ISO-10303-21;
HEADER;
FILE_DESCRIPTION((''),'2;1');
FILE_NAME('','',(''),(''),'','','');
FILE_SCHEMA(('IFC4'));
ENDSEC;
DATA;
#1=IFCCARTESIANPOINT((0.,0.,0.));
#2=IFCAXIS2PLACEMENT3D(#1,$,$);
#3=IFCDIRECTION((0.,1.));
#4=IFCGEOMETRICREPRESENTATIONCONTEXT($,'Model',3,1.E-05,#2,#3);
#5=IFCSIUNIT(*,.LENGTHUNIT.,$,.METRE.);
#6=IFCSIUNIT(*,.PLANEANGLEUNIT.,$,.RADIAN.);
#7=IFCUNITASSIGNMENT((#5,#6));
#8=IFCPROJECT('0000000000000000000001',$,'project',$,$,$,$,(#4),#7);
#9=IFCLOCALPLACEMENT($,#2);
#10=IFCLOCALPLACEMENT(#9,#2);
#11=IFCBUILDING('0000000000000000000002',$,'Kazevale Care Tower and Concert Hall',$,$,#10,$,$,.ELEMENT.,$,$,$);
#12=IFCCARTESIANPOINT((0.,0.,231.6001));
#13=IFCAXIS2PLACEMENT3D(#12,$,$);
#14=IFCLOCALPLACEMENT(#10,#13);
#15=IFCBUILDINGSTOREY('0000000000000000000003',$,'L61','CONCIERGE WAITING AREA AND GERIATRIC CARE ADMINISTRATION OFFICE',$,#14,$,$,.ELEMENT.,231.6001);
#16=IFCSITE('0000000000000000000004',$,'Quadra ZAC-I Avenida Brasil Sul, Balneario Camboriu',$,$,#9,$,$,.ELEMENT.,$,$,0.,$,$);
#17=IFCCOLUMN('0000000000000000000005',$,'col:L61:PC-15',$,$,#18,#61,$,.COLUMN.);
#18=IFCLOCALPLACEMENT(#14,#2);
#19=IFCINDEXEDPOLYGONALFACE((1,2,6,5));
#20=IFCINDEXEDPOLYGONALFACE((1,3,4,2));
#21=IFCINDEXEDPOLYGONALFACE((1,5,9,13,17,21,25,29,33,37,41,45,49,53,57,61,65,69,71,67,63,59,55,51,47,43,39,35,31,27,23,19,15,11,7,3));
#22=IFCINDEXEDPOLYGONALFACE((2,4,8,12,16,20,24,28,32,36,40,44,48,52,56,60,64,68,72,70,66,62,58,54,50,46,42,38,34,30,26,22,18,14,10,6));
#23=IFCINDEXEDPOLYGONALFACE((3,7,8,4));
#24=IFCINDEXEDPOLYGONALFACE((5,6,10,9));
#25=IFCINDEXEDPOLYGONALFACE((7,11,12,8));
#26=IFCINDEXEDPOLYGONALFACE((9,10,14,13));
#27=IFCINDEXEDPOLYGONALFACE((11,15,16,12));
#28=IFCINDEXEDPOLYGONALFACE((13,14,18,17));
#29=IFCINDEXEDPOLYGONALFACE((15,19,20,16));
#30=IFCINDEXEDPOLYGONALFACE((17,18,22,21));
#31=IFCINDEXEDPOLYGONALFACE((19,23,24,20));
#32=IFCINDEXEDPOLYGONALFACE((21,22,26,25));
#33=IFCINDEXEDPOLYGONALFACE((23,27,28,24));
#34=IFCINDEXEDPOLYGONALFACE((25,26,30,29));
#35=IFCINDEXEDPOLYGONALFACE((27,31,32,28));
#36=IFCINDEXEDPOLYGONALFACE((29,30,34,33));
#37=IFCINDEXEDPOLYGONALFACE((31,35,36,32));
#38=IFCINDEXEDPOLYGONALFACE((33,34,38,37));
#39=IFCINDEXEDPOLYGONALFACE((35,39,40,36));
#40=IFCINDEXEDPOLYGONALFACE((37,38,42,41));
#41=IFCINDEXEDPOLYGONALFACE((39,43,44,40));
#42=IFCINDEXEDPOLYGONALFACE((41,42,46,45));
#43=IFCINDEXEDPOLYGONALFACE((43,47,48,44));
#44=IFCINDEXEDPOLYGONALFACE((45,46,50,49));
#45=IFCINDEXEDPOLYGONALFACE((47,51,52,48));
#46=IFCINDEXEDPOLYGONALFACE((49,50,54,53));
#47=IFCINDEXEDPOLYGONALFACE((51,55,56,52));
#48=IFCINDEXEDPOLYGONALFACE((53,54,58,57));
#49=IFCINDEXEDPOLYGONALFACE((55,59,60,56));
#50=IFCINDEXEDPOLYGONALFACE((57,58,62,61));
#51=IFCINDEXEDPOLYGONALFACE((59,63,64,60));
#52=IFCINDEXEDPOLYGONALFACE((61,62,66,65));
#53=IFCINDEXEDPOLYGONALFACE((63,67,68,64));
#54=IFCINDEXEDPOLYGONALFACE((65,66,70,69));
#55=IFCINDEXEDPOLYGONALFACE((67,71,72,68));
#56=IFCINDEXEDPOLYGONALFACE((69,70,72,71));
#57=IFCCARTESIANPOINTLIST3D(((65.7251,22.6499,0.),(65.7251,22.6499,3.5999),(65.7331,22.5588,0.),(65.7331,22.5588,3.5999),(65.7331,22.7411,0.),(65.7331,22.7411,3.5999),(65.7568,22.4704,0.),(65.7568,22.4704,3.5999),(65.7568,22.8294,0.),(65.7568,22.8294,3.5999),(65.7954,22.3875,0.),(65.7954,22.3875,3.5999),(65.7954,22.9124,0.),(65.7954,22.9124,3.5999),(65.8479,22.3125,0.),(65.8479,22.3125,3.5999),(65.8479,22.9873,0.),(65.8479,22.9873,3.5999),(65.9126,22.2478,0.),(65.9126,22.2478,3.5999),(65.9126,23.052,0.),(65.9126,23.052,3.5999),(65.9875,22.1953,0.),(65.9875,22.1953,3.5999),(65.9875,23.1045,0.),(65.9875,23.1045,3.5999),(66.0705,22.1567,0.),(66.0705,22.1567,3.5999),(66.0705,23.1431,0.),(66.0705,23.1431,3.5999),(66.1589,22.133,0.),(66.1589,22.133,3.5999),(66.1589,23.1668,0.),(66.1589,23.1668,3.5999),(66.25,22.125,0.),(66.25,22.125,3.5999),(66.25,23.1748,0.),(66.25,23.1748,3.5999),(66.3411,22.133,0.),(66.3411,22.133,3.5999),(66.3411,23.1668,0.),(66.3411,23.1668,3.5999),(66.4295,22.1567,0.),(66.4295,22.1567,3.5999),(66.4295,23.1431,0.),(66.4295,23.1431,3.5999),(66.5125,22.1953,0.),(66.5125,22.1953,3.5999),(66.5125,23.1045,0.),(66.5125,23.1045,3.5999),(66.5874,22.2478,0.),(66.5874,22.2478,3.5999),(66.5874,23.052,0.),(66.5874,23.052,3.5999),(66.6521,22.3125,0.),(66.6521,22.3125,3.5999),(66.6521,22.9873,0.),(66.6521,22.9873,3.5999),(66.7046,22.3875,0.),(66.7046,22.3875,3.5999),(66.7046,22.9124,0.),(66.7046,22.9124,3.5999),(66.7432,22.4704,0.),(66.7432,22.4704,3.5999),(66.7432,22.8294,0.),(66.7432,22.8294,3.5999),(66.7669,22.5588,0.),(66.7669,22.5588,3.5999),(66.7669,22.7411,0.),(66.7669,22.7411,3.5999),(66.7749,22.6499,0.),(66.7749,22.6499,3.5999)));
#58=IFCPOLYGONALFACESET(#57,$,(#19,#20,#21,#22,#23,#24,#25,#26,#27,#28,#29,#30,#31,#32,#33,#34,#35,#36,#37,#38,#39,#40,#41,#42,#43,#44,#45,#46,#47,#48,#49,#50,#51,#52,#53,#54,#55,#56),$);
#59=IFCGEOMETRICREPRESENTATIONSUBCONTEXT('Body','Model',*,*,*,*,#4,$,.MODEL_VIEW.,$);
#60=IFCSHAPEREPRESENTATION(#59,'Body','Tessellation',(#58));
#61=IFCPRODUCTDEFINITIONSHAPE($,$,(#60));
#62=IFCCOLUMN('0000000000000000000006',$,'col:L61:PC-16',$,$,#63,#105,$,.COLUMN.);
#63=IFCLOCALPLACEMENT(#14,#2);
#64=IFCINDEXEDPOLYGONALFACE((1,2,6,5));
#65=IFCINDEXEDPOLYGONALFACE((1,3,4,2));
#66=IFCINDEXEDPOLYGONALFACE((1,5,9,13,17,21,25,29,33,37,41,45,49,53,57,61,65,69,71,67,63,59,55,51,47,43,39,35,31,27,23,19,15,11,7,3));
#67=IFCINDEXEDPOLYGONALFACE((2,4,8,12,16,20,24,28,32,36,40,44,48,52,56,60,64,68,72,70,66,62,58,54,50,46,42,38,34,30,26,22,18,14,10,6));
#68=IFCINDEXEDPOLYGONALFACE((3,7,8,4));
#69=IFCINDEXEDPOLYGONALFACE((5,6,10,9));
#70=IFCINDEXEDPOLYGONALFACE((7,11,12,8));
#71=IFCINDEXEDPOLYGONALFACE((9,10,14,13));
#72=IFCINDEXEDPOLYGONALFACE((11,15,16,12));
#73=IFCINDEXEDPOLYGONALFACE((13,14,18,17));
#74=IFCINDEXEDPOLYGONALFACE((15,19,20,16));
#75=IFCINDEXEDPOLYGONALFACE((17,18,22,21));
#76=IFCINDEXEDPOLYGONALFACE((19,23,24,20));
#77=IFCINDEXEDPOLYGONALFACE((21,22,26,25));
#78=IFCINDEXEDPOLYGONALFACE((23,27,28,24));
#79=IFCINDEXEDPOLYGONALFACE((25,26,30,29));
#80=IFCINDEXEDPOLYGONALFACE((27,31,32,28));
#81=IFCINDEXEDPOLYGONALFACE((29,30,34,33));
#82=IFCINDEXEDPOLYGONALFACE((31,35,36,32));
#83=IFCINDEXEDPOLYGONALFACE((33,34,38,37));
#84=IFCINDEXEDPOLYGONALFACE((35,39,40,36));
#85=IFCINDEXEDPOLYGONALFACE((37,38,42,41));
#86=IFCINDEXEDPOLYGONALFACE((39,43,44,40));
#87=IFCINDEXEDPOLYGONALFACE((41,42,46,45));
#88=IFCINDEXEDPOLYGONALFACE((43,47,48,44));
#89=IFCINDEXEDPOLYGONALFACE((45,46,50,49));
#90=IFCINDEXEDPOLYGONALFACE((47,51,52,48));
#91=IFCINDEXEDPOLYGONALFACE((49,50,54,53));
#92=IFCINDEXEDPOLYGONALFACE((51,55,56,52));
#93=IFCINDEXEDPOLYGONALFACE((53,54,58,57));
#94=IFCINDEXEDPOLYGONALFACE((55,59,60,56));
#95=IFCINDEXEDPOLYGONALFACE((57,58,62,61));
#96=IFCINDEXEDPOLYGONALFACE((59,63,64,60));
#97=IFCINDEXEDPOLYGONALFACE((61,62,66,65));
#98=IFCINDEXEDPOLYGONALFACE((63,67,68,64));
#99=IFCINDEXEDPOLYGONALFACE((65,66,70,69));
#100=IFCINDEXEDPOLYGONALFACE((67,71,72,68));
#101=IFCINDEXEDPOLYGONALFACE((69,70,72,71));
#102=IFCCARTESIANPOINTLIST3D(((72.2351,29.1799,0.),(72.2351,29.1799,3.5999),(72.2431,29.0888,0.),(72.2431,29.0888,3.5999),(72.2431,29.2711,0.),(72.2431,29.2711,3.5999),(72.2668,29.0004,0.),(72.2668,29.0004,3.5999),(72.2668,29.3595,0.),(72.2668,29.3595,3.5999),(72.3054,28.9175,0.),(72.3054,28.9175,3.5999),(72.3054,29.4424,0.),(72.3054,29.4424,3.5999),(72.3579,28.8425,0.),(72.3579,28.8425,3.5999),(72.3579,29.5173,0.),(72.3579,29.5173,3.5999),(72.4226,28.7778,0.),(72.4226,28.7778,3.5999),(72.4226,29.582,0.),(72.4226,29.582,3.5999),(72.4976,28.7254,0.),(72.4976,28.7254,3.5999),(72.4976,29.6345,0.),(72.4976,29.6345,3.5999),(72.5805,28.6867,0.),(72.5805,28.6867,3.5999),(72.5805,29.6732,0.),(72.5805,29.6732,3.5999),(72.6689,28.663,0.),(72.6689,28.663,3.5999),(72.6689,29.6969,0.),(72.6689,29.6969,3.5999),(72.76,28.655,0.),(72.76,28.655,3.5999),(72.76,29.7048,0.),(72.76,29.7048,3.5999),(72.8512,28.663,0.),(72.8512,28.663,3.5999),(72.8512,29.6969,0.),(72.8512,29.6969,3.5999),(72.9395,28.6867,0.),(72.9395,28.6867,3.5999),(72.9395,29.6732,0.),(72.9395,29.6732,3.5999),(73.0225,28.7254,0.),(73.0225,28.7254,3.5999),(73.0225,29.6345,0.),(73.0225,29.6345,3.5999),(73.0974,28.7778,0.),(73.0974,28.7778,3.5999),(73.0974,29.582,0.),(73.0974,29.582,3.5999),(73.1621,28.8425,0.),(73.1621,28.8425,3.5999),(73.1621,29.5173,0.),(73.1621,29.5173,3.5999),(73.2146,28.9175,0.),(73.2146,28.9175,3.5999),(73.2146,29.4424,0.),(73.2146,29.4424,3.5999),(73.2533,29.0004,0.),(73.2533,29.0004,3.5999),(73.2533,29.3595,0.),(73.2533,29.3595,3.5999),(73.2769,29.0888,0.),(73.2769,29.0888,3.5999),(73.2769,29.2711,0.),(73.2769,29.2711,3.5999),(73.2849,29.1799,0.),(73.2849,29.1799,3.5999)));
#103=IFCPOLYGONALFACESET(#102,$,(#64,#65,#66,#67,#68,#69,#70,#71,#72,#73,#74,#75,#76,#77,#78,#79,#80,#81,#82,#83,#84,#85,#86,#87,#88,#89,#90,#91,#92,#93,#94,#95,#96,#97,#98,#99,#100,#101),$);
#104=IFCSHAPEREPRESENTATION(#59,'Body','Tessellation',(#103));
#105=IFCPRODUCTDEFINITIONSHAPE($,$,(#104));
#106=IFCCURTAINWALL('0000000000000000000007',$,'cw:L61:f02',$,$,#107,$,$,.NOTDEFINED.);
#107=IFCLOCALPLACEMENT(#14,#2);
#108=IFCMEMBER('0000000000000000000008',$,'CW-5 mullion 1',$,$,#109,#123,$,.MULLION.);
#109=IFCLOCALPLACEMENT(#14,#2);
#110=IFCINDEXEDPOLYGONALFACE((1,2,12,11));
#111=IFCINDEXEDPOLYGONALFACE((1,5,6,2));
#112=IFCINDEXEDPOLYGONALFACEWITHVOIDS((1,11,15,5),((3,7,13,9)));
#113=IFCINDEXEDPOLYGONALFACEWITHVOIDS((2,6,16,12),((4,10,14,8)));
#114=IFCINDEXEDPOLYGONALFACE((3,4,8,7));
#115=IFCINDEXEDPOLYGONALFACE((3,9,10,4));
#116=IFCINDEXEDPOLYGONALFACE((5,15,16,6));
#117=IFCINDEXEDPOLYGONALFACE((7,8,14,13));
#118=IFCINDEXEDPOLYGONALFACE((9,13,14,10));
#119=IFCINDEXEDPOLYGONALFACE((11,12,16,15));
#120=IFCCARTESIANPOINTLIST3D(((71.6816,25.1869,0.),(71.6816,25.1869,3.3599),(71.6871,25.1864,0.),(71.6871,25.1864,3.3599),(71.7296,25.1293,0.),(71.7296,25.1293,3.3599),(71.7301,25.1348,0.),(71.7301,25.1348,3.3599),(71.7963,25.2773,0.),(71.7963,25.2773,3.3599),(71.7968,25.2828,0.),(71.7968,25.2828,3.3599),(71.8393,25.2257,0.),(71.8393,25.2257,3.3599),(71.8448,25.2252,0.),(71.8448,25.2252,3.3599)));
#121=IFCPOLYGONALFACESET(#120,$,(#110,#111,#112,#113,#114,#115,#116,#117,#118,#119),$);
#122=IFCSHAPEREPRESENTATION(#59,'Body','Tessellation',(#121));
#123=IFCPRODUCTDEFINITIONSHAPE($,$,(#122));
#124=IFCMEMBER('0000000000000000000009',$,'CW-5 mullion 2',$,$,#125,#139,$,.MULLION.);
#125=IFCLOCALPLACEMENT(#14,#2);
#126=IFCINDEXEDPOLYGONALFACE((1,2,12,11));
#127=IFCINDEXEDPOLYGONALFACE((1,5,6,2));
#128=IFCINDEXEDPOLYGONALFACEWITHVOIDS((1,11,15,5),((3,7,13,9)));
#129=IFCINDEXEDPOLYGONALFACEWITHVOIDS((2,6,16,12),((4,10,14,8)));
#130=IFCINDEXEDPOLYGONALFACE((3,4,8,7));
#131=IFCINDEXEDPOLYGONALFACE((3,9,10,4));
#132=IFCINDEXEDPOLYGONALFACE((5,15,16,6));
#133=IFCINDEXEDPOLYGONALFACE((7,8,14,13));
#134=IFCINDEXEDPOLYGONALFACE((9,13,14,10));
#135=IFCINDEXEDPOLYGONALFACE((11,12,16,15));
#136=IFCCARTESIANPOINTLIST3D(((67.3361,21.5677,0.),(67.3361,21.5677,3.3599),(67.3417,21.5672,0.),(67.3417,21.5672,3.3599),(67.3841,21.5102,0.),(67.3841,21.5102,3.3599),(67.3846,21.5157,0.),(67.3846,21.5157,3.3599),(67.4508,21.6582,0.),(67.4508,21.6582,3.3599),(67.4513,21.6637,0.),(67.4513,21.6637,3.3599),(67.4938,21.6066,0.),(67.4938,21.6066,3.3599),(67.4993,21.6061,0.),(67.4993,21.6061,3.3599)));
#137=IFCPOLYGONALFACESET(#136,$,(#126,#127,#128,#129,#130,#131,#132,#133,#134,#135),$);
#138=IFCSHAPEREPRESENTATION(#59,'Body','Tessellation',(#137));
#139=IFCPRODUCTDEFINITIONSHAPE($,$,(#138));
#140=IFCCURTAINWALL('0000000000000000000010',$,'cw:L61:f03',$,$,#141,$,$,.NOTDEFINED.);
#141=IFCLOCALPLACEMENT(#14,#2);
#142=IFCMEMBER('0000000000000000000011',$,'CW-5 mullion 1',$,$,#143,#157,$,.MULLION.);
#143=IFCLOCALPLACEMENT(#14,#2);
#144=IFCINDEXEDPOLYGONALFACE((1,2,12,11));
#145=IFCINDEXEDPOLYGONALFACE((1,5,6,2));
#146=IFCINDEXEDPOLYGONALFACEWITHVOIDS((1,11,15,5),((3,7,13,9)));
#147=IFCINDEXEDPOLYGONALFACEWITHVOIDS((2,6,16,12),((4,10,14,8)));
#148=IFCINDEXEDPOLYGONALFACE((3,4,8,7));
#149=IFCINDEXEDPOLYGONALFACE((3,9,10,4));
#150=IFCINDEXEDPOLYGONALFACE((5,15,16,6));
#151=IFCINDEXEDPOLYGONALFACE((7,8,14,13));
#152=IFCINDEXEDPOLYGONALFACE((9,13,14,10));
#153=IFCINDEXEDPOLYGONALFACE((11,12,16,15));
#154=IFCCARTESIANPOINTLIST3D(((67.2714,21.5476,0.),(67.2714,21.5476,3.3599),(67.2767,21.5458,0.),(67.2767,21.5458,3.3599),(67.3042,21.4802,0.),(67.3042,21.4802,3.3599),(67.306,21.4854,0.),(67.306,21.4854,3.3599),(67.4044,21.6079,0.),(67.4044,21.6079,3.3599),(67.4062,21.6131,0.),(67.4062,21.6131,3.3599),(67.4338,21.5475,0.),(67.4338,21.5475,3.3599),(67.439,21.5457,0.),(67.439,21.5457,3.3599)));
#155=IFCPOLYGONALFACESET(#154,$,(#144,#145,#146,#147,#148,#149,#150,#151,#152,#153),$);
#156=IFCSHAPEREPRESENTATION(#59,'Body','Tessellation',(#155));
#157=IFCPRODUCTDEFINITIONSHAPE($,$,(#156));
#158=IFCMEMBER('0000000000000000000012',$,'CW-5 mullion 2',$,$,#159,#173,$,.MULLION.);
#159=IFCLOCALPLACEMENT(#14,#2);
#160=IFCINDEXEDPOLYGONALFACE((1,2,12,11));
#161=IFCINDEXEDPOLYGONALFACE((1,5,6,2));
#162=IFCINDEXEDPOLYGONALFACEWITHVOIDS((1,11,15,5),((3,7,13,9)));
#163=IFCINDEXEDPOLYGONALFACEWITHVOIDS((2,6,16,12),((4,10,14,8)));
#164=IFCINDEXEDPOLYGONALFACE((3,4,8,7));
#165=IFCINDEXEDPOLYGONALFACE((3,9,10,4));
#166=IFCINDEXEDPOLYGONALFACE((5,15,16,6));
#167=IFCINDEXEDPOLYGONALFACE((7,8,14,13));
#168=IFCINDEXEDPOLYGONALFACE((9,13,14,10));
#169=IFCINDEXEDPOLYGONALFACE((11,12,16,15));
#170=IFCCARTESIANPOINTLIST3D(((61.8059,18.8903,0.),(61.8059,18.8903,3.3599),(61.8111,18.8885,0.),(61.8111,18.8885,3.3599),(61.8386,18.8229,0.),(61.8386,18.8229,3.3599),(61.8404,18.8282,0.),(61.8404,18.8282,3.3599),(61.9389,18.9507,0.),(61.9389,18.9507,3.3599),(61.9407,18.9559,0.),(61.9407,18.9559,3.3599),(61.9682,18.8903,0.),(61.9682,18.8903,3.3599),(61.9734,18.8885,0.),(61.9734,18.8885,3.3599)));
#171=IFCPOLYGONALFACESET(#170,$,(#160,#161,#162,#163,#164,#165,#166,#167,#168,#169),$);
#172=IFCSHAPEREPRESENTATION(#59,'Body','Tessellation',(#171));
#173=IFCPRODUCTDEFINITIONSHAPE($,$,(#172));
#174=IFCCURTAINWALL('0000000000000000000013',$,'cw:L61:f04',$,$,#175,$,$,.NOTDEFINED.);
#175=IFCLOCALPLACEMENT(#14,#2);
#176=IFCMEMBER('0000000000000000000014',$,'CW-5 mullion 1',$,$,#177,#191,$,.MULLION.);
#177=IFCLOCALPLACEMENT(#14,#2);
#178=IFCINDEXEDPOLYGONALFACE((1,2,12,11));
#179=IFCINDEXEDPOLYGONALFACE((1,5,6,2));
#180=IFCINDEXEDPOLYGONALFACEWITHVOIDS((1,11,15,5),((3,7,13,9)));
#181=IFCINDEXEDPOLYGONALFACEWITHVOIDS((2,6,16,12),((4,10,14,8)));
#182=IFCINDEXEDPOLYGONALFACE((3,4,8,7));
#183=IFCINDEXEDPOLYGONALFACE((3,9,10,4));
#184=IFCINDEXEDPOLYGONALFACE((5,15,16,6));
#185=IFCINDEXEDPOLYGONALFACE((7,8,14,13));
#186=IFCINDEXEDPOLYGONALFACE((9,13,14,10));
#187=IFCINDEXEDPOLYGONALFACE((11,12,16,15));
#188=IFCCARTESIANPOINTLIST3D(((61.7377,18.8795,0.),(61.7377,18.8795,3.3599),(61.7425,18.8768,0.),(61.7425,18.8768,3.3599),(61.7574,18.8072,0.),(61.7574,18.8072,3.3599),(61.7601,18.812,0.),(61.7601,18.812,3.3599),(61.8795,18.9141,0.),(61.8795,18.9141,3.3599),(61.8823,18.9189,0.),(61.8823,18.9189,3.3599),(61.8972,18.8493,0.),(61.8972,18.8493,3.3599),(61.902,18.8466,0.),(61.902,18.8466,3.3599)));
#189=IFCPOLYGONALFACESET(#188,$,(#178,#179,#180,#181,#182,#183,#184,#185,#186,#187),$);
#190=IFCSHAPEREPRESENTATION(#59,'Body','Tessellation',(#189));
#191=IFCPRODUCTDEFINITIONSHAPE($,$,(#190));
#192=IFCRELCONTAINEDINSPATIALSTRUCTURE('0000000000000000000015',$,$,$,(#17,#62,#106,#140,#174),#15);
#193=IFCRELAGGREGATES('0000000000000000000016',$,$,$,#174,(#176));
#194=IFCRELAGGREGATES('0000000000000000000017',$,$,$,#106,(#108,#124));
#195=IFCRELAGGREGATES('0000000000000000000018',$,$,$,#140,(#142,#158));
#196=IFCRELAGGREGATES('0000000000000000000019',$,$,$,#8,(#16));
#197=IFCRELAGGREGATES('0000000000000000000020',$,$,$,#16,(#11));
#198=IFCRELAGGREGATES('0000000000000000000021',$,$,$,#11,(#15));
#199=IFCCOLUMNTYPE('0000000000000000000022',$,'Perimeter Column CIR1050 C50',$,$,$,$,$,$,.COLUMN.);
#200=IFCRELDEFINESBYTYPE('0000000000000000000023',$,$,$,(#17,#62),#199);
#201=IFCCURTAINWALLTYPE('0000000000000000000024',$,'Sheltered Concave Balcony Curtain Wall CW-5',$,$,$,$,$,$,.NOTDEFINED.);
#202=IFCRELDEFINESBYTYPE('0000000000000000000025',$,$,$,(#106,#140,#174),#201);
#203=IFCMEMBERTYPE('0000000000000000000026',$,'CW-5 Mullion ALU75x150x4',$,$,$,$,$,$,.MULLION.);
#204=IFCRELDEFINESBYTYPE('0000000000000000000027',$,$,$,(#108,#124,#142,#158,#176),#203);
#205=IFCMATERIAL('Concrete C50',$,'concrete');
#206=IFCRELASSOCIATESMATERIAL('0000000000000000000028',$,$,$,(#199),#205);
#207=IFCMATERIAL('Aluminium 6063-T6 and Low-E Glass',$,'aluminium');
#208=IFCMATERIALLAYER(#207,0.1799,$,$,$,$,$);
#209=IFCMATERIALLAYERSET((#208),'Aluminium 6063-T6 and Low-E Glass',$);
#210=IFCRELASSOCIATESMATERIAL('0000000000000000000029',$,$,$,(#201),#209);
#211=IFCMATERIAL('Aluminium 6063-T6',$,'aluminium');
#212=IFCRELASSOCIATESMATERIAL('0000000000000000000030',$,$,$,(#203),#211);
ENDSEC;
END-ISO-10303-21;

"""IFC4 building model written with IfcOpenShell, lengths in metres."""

from ifc_helpers import new_model, si_unit, direction, frame, origin, origin_2d, place, context, subcontext, project, spatial, hollow_rectangle, circle, extrude, material, layer, layer_set, material_profile, profile_set, type_object, element, aggregate, save


model = new_model("IFC4")

# Units and contexts
model_context = context("Model", 3, precision=1e-05, world=origin(), true_north=direction((0.0, 1.0)))
body_context = subcontext(model_context, "Body", "Model", "MODEL_VIEW")
ifc_project = project(units=[si_unit("LENGTHUNIT", "METRE"), si_unit("PLANEANGLEUNIT", "RADIAN")], contexts=[model_context])

# Site, building, storey
site_placement = place(None, origin())
site = spatial("IfcSite", under=ifc_project, at=site_placement, Name="Quadra ZAC-I Avenida Brasil Sul, Balneario Camboriu", CompositionType="ELEMENT", RefElevation=0.0)
building_placement = place(site_placement, origin())
building = spatial("IfcBuilding", under=site, at=building_placement, Name="Kazevale Care Tower and Concert Hall", CompositionType="ELEMENT")
storey_placement = place(building_placement, frame((0.0, 0.0, 231.6001)))
storey = spatial("IfcBuildingStorey", under=building, at=storey_placement, Name="L61", Description="CONCIERGE WAITING AREA AND GERIATRIC CARE ADMINISTRATION OFFICE", CompositionType="ELEMENT", Elevation=231.6001)

# Columns
ifc_material_1 = material(Name="Concrete C50", Category="concrete")
ifc_material_profile_1 = material_profile(ifc_material_1, circle(Radius=0.5249, at=origin_2d()), Name="RC-CIR1050")
ifc_profile_set_1 = profile_set([ifc_material_profile_1], Name="Concrete C50")
column_type = type_object("IfcColumnType", Name="Perimeter Column CIR1050 C50", PredefinedType="COLUMN", material=ifc_profile_set_1)
for number, where, z_axis, x_axis, name in (
    (1, (66.25, 22.6499, 0.0), (0.0, 0.0, 1.0), (1.0, 0.0, 0.0), "col:L61:PC-15"),
    (2, (72.76, 29.1799, 0.0), (0.0, 0.0, 1.0), (1.0, 0.0, 0.0), "col:L61:PC-16"),
):
    element("IfcColumn", number, at=place(storey_placement, frame(where, z_axis=z_axis, x_axis=x_axis)), inside=storey, type_object=column_type, Name=name, PredefinedType="COLUMN", context=body_context, shape_type="SweptSolid", body=[
        extrude(circle(Radius=0.5249, at=origin_2d()), origin(), (0.0, 0.0, 1.0), 3.5999),
    ])

# Curtain walls, members
ifc_material_2 = material(Name="Aluminium 6063-T6 and Low-E Glass", Category="aluminium")
ifc_layer_1 = layer(ifc_material_2, 0.1799)
ifc_layer_set_1 = layer_set([ifc_layer_1], Name="Aluminium 6063-T6 and Low-E Glass")
curtain_wall_type = type_object("IfcCurtainWallType", Name="Sheltered Concave Balcony Curtain Wall CW-5", PredefinedType="NOTDEFINED", material=ifc_layer_set_1)
curtain_wall_1_placement = place(storey_placement, origin())
curtain_wall_1 = element("IfcCurtainWall", 3, at=curtain_wall_1_placement, inside=storey, type_object=curtain_wall_type, Name="cw:L61:f02", PredefinedType="NOTDEFINED")
ifc_material_3 = material(Name="Aluminium 6063-T6", Category="aluminium")
ifc_material_profile_2 = material_profile(ifc_material_3, hollow_rectangle(XDim=0.075, YDim=0.1499, WallThickness=0.0039, at=origin_2d()), Name="ALU75x150x4")
ifc_profile_set_2 = profile_set([ifc_material_profile_2], Name="Aluminium 6063-T6")
member_type_1 = type_object("IfcMemberType", Name="CW-5 Mullion ALU75x150x4", PredefinedType="MULLION", material=ifc_profile_set_2)
member_1_placement = place(storey_placement, frame((71.7632, 25.2061, 0.0), z_axis=(0.0, 0.0, 1.0), x_axis=(0.639961, -0.768407, 0.0)))
member_1 = element("IfcMember", 4, at=member_1_placement, type_object=member_type_1, Name="CW-5 mullion 1", PredefinedType="MULLION", context=body_context, shape_type="SweptSolid", body=[
    extrude(hollow_rectangle(XDim=0.075, YDim=0.1499, WallThickness=0.0039, at=origin_2d()), origin(), (0.0, 0.0, 1.0), 3.3599),
])
member_2_placement = place(storey_placement, frame((67.4177, 21.5869, 0.0), z_axis=(0.0, 0.0, 1.0), x_axis=(0.639961, -0.768407, 0.0)))
member_2 = element("IfcMember", 5, at=member_2_placement, type_object=member_type_1, Name="CW-5 mullion 2", PredefinedType="MULLION", context=body_context, shape_type="SweptSolid", body=[
    extrude(hollow_rectangle(XDim=0.075, YDim=0.1499, WallThickness=0.0039, at=origin_2d()), origin(), (0.0, 0.0, 1.0), 3.3599),
])
curtain_wall_2_placement = place(storey_placement, origin())
curtain_wall_2 = element("IfcCurtainWall", 6, at=curtain_wall_2_placement, inside=storey, type_object=curtain_wall_type, Name="cw:L61:f03", PredefinedType="NOTDEFINED")
member_3_placement = place(storey_placement, frame((67.3552, 21.5466, 0.0), z_axis=(0.0, 0.0, 1.0), x_axis=(0.437238, -0.899346, 0.0)))
member_3 = element("IfcMember", 7, at=member_3_placement, type_object=member_type_1, Name="CW-5 mullion 1", PredefinedType="MULLION", context=body_context, shape_type="SweptSolid", body=[
    extrude(hollow_rectangle(XDim=0.075, YDim=0.1499, WallThickness=0.0039, at=origin_2d()), origin(), (0.0, 0.0, 1.0), 3.3599),
])
member_4_placement = place(storey_placement, frame((61.8896, 18.8894, 0.0), z_axis=(0.0, 0.0, 1.0), x_axis=(0.437238, -0.899346, 0.0)))
member_4 = element("IfcMember", 8, at=member_4_placement, type_object=member_type_1, Name="CW-5 mullion 2", PredefinedType="MULLION", context=body_context, shape_type="SweptSolid", body=[
    extrude(hollow_rectangle(XDim=0.075, YDim=0.1499, WallThickness=0.0039, at=origin_2d()), origin(), (0.0, 0.0, 1.0), 3.3599),
])

# Curtain wall, member
curtain_wall_3_placement = place(storey_placement, origin())
curtain_wall_3 = element("IfcCurtainWall", 9, at=curtain_wall_3_placement, inside=storey, type_object=curtain_wall_type, Name="cw:L61:f04", PredefinedType="NOTDEFINED")
member_5_placement = place(storey_placement, frame((61.8198, 18.863, 0.0), z_axis=(0.0, 0.0, 1.0), x_axis=(0.262849, -0.964837, 0.0)))
member_5 = element("IfcMember", 10, at=member_5_placement, type_object=member_type_1, Name="CW-5 mullion 1", PredefinedType="MULLION", context=body_context, shape_type="SweptSolid", body=[
    extrude(hollow_rectangle(XDim=0.075, YDim=0.1499, WallThickness=0.0039, at=origin_2d()), origin(), (0.0, 0.0, 1.0), 3.3599),
])
aggregate(curtain_wall_3, [member_5])

aggregate(curtain_wall_1, [member_1, member_2])
aggregate(curtain_wall_2, [member_3, member_4])

save(model, "model.ifc")
